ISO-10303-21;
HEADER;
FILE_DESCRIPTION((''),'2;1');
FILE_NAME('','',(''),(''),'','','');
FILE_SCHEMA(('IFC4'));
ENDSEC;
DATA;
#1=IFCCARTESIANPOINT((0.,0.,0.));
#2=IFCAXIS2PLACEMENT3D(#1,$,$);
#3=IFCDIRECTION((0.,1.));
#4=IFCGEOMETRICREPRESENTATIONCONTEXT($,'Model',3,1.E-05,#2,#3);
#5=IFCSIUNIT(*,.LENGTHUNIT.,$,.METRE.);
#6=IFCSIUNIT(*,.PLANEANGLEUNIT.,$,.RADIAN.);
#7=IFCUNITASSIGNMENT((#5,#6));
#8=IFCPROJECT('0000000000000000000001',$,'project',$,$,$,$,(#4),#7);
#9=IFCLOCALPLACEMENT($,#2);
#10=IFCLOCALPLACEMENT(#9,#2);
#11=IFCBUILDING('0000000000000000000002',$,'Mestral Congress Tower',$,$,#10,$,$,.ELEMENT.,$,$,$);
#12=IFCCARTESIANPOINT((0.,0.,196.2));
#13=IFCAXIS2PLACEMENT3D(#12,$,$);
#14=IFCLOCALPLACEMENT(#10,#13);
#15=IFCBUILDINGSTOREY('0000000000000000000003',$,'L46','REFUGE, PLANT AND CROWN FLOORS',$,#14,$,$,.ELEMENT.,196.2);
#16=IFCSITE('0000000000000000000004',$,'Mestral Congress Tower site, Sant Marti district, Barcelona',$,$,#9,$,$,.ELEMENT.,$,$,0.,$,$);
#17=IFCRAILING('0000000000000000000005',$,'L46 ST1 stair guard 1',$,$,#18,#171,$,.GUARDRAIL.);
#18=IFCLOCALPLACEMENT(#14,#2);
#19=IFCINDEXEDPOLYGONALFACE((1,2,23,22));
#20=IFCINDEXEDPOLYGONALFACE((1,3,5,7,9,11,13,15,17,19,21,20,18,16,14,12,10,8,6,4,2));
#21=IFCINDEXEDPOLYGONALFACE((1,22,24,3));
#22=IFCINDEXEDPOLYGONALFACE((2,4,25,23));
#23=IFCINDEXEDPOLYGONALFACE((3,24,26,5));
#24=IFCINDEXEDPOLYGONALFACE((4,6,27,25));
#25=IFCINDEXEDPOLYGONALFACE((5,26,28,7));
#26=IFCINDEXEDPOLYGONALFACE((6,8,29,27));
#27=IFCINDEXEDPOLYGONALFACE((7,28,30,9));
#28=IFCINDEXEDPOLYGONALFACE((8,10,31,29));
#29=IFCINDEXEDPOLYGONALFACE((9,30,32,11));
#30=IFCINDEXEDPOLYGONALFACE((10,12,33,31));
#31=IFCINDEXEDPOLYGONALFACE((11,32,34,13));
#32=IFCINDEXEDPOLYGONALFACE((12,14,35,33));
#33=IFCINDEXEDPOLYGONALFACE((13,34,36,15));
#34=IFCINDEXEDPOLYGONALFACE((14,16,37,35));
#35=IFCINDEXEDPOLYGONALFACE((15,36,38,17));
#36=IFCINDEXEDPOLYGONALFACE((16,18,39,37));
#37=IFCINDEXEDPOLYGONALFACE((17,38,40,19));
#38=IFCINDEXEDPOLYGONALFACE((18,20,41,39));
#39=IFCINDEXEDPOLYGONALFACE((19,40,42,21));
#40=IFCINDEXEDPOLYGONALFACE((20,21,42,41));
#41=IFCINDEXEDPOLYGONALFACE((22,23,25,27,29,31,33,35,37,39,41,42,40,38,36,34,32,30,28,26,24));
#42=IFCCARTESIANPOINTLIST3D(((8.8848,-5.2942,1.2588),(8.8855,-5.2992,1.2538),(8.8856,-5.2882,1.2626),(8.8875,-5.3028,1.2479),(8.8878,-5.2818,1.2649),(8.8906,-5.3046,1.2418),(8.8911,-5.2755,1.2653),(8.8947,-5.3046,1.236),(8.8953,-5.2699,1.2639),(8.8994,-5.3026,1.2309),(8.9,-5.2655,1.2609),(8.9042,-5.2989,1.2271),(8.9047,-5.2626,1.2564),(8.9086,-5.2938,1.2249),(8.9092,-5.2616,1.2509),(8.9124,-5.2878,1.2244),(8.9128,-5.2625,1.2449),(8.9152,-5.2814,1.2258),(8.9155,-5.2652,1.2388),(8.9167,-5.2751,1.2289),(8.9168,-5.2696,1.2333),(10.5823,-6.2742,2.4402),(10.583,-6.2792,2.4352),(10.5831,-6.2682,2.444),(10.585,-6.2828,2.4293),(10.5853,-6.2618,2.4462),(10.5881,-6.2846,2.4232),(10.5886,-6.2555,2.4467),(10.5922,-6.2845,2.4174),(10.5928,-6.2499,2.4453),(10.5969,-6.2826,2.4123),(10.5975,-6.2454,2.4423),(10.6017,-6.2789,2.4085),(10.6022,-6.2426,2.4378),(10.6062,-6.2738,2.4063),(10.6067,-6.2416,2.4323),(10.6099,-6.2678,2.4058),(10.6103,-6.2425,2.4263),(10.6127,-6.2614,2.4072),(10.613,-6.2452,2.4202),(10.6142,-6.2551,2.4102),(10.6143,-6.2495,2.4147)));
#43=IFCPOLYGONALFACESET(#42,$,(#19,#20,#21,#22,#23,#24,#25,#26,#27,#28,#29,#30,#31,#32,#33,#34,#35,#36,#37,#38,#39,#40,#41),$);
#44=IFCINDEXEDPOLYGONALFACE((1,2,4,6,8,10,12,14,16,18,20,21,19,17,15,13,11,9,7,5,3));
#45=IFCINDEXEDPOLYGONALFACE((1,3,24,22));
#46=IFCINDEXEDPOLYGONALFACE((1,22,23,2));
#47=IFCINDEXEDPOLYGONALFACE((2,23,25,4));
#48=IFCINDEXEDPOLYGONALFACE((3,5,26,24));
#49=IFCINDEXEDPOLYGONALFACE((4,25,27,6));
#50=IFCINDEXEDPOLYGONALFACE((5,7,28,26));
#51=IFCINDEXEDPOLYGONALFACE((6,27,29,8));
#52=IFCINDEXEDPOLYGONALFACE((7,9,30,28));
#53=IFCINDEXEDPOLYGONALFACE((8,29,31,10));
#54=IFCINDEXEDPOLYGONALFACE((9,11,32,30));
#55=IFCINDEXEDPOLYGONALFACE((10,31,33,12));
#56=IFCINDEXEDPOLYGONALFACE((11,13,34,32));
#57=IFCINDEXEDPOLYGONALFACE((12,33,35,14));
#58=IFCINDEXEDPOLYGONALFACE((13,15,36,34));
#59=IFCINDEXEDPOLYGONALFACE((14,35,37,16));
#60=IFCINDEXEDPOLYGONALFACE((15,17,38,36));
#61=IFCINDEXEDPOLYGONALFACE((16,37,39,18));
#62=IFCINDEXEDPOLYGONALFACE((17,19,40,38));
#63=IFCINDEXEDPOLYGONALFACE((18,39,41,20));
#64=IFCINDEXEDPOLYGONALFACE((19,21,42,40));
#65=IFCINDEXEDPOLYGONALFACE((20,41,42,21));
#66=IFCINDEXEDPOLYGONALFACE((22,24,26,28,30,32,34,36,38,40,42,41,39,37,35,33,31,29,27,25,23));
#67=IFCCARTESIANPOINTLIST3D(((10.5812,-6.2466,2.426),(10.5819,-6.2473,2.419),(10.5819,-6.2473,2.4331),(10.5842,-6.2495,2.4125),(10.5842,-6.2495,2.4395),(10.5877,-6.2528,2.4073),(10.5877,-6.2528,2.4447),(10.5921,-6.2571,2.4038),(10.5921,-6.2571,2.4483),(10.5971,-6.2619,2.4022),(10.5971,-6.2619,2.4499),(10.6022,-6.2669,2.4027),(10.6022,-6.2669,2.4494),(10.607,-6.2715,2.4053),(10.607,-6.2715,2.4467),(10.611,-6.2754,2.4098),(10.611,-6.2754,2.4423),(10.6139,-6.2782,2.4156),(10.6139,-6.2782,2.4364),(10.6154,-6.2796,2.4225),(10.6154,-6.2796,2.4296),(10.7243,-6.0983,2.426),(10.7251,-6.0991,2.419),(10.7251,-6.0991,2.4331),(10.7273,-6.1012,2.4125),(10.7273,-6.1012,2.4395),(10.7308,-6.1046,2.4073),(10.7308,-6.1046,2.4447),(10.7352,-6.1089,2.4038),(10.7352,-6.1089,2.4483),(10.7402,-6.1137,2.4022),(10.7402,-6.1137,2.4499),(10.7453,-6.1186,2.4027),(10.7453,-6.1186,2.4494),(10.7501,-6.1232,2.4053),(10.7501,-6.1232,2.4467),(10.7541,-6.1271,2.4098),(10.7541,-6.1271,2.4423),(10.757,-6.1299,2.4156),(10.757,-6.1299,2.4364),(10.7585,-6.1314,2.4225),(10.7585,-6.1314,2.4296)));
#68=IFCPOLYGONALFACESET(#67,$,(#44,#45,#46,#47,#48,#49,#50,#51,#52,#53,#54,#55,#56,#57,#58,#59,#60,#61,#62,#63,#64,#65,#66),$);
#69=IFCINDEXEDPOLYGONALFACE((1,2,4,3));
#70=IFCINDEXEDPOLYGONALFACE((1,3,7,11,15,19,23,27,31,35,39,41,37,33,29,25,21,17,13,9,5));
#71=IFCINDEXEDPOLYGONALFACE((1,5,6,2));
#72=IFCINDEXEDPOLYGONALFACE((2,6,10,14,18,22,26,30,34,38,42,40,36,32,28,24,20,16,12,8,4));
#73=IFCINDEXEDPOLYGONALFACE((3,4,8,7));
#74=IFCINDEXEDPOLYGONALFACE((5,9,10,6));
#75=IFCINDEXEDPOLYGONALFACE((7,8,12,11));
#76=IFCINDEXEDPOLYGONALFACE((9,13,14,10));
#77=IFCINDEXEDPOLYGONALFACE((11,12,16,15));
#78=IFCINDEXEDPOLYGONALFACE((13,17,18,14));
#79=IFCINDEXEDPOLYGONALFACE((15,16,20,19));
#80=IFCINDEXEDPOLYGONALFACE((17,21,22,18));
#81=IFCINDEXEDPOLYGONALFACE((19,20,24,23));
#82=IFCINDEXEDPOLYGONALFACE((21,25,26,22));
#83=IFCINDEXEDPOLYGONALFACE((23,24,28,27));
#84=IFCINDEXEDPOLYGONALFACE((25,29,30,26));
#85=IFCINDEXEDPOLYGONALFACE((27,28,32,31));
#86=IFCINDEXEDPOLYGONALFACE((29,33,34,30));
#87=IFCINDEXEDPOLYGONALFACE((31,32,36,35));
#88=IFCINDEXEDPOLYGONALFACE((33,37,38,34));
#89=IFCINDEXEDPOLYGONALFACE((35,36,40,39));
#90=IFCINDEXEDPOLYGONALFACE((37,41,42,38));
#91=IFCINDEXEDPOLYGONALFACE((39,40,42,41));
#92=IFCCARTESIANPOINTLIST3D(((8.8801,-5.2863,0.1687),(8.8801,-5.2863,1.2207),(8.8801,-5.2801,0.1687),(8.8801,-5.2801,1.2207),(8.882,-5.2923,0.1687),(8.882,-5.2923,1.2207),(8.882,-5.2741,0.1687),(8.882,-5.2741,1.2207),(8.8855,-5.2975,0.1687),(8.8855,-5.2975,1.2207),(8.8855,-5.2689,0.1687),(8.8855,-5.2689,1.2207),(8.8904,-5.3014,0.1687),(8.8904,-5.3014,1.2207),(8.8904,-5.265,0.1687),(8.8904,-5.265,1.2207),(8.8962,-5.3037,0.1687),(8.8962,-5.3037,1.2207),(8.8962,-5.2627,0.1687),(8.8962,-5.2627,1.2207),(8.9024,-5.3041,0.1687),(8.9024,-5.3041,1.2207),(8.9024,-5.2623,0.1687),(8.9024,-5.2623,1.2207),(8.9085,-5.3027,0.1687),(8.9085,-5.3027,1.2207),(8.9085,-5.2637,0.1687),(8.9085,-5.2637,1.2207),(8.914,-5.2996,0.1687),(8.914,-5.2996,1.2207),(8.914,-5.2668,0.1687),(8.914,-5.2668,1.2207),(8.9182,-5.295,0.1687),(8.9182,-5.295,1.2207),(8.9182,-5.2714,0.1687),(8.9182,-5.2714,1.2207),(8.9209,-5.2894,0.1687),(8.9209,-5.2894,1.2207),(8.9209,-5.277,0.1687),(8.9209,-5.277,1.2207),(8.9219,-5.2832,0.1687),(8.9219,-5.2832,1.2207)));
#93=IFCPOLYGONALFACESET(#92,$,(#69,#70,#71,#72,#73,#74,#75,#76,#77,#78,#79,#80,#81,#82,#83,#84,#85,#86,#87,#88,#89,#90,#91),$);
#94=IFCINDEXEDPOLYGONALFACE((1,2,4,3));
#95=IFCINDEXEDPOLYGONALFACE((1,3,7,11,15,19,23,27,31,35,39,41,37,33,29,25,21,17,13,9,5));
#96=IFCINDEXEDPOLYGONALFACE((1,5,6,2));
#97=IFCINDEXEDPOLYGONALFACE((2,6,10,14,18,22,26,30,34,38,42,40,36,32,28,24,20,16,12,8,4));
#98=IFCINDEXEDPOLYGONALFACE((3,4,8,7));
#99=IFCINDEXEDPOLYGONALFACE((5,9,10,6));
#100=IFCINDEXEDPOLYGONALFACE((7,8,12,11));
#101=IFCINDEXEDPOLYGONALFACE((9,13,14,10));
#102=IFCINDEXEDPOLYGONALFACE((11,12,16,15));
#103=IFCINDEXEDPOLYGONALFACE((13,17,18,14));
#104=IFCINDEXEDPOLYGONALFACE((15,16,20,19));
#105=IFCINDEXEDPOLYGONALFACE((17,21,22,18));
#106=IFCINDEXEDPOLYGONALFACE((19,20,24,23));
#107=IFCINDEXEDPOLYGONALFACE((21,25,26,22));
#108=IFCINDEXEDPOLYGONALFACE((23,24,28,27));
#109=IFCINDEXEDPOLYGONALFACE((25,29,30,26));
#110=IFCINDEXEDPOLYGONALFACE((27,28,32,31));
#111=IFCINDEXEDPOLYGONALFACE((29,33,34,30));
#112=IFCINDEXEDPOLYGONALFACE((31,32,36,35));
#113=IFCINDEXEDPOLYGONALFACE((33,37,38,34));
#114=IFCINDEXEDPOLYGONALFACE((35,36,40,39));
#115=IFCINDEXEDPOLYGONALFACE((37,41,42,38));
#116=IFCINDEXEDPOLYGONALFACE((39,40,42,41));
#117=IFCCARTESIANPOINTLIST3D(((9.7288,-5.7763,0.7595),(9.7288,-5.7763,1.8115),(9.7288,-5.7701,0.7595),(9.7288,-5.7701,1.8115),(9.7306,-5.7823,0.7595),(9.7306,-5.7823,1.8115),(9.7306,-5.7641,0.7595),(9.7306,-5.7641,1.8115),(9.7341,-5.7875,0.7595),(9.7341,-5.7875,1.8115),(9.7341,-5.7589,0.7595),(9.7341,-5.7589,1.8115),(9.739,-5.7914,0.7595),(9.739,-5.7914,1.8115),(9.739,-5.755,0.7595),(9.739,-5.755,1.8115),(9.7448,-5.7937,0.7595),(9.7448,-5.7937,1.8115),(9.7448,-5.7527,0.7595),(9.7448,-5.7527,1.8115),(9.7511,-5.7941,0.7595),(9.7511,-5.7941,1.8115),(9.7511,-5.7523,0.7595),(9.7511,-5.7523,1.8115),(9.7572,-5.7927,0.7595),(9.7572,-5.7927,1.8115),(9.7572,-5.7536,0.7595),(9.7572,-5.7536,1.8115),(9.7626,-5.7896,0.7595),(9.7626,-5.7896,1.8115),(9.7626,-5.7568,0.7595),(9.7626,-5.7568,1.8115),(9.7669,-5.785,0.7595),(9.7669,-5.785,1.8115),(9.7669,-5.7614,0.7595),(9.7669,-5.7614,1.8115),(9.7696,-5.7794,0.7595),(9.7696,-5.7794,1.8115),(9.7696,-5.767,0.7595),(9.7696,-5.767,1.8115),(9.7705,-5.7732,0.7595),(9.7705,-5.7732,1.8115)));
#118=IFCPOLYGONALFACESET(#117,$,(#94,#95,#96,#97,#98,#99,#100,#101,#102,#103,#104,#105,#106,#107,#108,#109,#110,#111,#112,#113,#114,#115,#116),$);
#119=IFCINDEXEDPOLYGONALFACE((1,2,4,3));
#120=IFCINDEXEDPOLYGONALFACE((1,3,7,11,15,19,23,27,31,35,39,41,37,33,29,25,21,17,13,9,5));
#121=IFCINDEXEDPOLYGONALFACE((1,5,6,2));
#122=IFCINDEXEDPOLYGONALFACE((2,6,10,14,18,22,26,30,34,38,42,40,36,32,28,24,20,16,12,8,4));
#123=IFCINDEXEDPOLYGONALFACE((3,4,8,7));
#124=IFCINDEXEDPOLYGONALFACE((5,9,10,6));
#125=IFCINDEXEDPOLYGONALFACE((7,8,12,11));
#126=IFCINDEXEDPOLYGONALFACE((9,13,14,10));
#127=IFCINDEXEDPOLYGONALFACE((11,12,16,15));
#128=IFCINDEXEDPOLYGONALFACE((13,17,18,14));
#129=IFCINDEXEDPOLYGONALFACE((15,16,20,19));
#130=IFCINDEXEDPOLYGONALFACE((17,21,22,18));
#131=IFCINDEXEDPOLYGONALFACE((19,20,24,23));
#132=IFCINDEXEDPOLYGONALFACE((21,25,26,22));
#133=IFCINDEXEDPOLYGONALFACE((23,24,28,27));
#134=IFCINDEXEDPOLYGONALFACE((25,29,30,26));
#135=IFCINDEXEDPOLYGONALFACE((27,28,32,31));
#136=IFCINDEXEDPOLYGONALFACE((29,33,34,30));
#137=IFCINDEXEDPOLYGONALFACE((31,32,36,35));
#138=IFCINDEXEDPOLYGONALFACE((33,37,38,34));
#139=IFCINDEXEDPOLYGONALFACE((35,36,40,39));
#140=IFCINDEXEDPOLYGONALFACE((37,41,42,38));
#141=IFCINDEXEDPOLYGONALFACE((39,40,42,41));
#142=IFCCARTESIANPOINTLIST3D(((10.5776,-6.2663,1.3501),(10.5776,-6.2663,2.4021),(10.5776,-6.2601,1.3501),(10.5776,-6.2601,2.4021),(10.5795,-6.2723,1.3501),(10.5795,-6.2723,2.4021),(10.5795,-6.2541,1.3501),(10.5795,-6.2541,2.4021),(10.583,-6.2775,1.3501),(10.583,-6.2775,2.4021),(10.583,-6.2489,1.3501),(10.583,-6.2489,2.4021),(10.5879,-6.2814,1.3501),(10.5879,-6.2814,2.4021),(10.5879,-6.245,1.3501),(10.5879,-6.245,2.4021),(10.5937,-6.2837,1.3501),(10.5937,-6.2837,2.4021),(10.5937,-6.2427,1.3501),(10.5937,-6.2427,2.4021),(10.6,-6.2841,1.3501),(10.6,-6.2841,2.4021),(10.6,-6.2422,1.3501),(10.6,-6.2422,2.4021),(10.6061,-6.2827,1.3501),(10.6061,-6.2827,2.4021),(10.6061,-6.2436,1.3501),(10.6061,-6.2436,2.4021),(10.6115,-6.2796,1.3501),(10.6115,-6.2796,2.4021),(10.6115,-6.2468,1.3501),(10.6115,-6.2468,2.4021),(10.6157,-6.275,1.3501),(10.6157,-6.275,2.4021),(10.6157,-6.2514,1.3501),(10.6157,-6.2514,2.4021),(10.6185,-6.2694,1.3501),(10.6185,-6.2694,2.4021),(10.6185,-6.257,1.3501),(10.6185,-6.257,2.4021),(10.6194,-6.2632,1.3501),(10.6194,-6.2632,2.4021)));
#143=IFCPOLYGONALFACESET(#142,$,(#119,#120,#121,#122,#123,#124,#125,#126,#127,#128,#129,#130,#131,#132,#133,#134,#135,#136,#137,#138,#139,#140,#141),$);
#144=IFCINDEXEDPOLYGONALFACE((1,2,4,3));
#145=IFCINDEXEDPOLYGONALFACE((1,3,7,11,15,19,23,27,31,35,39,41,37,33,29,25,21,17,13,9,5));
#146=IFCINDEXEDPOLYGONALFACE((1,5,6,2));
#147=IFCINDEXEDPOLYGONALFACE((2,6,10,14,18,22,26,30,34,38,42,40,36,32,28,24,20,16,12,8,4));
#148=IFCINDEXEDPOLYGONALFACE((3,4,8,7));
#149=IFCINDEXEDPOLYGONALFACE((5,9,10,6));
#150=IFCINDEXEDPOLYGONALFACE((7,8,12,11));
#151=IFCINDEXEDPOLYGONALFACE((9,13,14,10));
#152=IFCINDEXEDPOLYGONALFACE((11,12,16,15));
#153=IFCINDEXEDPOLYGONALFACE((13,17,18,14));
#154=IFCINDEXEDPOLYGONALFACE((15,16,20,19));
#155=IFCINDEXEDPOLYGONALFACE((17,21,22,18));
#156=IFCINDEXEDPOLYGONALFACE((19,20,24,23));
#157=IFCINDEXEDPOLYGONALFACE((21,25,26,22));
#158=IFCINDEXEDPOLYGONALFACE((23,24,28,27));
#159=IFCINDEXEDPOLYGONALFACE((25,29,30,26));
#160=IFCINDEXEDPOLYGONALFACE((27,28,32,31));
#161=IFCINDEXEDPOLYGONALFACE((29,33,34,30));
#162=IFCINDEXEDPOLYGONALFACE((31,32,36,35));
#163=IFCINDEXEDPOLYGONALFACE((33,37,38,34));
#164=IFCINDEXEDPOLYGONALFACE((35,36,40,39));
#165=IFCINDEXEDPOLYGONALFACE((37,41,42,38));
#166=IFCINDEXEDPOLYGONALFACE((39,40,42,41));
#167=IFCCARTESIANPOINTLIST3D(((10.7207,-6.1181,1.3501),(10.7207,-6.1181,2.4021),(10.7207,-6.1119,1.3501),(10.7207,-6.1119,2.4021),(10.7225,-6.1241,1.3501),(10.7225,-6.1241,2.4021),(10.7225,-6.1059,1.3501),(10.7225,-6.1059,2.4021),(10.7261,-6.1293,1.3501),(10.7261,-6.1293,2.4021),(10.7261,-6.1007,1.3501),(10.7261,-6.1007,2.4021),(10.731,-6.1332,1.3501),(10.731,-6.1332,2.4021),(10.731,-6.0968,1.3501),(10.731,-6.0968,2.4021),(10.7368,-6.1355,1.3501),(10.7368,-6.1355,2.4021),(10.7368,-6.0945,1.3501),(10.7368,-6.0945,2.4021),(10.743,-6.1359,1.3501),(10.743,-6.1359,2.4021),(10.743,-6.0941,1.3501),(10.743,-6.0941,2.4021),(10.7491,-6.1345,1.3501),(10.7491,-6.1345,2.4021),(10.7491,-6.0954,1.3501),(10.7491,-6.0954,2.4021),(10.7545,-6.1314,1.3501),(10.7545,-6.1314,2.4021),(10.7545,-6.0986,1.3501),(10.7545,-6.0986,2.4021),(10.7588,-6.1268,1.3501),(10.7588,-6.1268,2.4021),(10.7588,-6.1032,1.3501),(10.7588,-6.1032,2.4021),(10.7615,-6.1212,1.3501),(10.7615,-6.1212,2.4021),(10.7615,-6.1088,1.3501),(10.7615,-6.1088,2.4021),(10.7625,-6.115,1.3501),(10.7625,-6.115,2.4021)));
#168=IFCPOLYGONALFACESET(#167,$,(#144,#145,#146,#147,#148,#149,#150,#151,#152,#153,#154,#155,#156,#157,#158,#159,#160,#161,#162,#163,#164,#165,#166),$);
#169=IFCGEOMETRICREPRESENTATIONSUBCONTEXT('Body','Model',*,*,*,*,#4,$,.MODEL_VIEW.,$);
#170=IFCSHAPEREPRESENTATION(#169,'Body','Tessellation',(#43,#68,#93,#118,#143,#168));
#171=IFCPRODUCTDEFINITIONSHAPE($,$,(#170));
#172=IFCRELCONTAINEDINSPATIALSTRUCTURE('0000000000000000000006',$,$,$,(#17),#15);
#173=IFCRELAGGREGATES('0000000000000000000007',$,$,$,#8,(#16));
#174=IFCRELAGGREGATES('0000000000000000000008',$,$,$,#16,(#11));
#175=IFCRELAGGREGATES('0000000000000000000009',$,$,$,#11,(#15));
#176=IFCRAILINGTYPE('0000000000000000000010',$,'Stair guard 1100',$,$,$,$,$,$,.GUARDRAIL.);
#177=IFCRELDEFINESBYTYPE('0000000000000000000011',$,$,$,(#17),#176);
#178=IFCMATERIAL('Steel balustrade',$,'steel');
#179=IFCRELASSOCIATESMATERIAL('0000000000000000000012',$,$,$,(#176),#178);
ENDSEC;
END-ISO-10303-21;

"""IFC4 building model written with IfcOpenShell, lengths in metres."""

from ifc_helpers import new_model, si_unit, direction, frame, origin, origin_2d, place, context, subcontext, project, spatial, circle, extrude, material, type_object, element, save


model = new_model("IFC4")

# Units and contexts
model_context = context("Model", 3, precision=1e-05, world=origin(), true_north=direction((0.0, 1.0)))
body_context = subcontext(model_context, "Body", "Model", "MODEL_VIEW")
ifc_project = project(units=[si_unit("LENGTHUNIT", "METRE"), si_unit("PLANEANGLEUNIT", "RADIAN")], contexts=[model_context])

# Site, building, storey
site_placement = place(None, origin())
site = spatial("IfcSite", under=ifc_project, at=site_placement, Name="Mestral Congress Tower site, Sant Marti district, Barcelona", CompositionType="ELEMENT", RefElevation=0.0)
building_placement = place(site_placement, origin())
building = spatial("IfcBuilding", under=site, at=building_placement, Name="Mestral Congress Tower", CompositionType="ELEMENT")
storey_placement = place(building_placement, frame((0.0, 0.0, 196.2)))
storey = spatial("IfcBuildingStorey", under=building, at=storey_placement, Name="L46", Description="REFUGE, PLANT AND CROWN FLOORS", CompositionType="ELEMENT", Elevation=196.2)

# Railing
ifc_material_1 = material(Name="Steel balustrade", Category="steel")
railing_type_1 = type_object("IfcRailingType", Name="Stair guard 1100", PredefinedType="GUARDRAIL", material=ifc_material_1)
railing_1_placement = place(storey_placement, frame((8.9009, -5.2832, 0.1687)))
element("IfcRailing", 1, at=railing_1_placement, inside=storey, type_object=railing_type_1, Name="L46 ST1 stair guard 1", PredefinedType="GUARDRAIL", context=body_context, shape_type="SweptSolid", body=[
    extrude(circle(Radius=0.0239, at=origin_2d()), frame((0.0, 0.0, 1.0762), z_axis=(0.741731, -0.428205, 0.516214), x_axis=(0.49997, 0.866042, 0.0)), (0.0, 0.0, 1.0), 2.2886),
    extrude(circle(Radius=0.0239, at=origin_2d()), frame((1.6975, -0.98, 2.2573), z_axis=(0.694552, 0.719442, 0.0), x_axis=(-0.719442, 0.694552, 0.0)), (0.0, 0.0, 1.0), 0.2061),
    extrude(circle(Radius=0.021, at=origin_2d()), origin(), (0.0, 0.0, 1.0), 1.052),
    extrude(circle(Radius=0.021, at=origin_2d()), frame((0.8486, -0.49, 0.5908)), (0.0, 0.0, 1.0), 1.052),
    extrude(circle(Radius=0.021, at=origin_2d()), frame((1.6975, -0.98, 1.1814)), (0.0, 0.0, 1.0), 1.052),
    extrude(circle(Radius=0.021, at=origin_2d()), frame((1.8406, -0.8318, 1.1814)), (0.0, 0.0, 1.0), 1.052),
])

save(model, "model.ifc")
